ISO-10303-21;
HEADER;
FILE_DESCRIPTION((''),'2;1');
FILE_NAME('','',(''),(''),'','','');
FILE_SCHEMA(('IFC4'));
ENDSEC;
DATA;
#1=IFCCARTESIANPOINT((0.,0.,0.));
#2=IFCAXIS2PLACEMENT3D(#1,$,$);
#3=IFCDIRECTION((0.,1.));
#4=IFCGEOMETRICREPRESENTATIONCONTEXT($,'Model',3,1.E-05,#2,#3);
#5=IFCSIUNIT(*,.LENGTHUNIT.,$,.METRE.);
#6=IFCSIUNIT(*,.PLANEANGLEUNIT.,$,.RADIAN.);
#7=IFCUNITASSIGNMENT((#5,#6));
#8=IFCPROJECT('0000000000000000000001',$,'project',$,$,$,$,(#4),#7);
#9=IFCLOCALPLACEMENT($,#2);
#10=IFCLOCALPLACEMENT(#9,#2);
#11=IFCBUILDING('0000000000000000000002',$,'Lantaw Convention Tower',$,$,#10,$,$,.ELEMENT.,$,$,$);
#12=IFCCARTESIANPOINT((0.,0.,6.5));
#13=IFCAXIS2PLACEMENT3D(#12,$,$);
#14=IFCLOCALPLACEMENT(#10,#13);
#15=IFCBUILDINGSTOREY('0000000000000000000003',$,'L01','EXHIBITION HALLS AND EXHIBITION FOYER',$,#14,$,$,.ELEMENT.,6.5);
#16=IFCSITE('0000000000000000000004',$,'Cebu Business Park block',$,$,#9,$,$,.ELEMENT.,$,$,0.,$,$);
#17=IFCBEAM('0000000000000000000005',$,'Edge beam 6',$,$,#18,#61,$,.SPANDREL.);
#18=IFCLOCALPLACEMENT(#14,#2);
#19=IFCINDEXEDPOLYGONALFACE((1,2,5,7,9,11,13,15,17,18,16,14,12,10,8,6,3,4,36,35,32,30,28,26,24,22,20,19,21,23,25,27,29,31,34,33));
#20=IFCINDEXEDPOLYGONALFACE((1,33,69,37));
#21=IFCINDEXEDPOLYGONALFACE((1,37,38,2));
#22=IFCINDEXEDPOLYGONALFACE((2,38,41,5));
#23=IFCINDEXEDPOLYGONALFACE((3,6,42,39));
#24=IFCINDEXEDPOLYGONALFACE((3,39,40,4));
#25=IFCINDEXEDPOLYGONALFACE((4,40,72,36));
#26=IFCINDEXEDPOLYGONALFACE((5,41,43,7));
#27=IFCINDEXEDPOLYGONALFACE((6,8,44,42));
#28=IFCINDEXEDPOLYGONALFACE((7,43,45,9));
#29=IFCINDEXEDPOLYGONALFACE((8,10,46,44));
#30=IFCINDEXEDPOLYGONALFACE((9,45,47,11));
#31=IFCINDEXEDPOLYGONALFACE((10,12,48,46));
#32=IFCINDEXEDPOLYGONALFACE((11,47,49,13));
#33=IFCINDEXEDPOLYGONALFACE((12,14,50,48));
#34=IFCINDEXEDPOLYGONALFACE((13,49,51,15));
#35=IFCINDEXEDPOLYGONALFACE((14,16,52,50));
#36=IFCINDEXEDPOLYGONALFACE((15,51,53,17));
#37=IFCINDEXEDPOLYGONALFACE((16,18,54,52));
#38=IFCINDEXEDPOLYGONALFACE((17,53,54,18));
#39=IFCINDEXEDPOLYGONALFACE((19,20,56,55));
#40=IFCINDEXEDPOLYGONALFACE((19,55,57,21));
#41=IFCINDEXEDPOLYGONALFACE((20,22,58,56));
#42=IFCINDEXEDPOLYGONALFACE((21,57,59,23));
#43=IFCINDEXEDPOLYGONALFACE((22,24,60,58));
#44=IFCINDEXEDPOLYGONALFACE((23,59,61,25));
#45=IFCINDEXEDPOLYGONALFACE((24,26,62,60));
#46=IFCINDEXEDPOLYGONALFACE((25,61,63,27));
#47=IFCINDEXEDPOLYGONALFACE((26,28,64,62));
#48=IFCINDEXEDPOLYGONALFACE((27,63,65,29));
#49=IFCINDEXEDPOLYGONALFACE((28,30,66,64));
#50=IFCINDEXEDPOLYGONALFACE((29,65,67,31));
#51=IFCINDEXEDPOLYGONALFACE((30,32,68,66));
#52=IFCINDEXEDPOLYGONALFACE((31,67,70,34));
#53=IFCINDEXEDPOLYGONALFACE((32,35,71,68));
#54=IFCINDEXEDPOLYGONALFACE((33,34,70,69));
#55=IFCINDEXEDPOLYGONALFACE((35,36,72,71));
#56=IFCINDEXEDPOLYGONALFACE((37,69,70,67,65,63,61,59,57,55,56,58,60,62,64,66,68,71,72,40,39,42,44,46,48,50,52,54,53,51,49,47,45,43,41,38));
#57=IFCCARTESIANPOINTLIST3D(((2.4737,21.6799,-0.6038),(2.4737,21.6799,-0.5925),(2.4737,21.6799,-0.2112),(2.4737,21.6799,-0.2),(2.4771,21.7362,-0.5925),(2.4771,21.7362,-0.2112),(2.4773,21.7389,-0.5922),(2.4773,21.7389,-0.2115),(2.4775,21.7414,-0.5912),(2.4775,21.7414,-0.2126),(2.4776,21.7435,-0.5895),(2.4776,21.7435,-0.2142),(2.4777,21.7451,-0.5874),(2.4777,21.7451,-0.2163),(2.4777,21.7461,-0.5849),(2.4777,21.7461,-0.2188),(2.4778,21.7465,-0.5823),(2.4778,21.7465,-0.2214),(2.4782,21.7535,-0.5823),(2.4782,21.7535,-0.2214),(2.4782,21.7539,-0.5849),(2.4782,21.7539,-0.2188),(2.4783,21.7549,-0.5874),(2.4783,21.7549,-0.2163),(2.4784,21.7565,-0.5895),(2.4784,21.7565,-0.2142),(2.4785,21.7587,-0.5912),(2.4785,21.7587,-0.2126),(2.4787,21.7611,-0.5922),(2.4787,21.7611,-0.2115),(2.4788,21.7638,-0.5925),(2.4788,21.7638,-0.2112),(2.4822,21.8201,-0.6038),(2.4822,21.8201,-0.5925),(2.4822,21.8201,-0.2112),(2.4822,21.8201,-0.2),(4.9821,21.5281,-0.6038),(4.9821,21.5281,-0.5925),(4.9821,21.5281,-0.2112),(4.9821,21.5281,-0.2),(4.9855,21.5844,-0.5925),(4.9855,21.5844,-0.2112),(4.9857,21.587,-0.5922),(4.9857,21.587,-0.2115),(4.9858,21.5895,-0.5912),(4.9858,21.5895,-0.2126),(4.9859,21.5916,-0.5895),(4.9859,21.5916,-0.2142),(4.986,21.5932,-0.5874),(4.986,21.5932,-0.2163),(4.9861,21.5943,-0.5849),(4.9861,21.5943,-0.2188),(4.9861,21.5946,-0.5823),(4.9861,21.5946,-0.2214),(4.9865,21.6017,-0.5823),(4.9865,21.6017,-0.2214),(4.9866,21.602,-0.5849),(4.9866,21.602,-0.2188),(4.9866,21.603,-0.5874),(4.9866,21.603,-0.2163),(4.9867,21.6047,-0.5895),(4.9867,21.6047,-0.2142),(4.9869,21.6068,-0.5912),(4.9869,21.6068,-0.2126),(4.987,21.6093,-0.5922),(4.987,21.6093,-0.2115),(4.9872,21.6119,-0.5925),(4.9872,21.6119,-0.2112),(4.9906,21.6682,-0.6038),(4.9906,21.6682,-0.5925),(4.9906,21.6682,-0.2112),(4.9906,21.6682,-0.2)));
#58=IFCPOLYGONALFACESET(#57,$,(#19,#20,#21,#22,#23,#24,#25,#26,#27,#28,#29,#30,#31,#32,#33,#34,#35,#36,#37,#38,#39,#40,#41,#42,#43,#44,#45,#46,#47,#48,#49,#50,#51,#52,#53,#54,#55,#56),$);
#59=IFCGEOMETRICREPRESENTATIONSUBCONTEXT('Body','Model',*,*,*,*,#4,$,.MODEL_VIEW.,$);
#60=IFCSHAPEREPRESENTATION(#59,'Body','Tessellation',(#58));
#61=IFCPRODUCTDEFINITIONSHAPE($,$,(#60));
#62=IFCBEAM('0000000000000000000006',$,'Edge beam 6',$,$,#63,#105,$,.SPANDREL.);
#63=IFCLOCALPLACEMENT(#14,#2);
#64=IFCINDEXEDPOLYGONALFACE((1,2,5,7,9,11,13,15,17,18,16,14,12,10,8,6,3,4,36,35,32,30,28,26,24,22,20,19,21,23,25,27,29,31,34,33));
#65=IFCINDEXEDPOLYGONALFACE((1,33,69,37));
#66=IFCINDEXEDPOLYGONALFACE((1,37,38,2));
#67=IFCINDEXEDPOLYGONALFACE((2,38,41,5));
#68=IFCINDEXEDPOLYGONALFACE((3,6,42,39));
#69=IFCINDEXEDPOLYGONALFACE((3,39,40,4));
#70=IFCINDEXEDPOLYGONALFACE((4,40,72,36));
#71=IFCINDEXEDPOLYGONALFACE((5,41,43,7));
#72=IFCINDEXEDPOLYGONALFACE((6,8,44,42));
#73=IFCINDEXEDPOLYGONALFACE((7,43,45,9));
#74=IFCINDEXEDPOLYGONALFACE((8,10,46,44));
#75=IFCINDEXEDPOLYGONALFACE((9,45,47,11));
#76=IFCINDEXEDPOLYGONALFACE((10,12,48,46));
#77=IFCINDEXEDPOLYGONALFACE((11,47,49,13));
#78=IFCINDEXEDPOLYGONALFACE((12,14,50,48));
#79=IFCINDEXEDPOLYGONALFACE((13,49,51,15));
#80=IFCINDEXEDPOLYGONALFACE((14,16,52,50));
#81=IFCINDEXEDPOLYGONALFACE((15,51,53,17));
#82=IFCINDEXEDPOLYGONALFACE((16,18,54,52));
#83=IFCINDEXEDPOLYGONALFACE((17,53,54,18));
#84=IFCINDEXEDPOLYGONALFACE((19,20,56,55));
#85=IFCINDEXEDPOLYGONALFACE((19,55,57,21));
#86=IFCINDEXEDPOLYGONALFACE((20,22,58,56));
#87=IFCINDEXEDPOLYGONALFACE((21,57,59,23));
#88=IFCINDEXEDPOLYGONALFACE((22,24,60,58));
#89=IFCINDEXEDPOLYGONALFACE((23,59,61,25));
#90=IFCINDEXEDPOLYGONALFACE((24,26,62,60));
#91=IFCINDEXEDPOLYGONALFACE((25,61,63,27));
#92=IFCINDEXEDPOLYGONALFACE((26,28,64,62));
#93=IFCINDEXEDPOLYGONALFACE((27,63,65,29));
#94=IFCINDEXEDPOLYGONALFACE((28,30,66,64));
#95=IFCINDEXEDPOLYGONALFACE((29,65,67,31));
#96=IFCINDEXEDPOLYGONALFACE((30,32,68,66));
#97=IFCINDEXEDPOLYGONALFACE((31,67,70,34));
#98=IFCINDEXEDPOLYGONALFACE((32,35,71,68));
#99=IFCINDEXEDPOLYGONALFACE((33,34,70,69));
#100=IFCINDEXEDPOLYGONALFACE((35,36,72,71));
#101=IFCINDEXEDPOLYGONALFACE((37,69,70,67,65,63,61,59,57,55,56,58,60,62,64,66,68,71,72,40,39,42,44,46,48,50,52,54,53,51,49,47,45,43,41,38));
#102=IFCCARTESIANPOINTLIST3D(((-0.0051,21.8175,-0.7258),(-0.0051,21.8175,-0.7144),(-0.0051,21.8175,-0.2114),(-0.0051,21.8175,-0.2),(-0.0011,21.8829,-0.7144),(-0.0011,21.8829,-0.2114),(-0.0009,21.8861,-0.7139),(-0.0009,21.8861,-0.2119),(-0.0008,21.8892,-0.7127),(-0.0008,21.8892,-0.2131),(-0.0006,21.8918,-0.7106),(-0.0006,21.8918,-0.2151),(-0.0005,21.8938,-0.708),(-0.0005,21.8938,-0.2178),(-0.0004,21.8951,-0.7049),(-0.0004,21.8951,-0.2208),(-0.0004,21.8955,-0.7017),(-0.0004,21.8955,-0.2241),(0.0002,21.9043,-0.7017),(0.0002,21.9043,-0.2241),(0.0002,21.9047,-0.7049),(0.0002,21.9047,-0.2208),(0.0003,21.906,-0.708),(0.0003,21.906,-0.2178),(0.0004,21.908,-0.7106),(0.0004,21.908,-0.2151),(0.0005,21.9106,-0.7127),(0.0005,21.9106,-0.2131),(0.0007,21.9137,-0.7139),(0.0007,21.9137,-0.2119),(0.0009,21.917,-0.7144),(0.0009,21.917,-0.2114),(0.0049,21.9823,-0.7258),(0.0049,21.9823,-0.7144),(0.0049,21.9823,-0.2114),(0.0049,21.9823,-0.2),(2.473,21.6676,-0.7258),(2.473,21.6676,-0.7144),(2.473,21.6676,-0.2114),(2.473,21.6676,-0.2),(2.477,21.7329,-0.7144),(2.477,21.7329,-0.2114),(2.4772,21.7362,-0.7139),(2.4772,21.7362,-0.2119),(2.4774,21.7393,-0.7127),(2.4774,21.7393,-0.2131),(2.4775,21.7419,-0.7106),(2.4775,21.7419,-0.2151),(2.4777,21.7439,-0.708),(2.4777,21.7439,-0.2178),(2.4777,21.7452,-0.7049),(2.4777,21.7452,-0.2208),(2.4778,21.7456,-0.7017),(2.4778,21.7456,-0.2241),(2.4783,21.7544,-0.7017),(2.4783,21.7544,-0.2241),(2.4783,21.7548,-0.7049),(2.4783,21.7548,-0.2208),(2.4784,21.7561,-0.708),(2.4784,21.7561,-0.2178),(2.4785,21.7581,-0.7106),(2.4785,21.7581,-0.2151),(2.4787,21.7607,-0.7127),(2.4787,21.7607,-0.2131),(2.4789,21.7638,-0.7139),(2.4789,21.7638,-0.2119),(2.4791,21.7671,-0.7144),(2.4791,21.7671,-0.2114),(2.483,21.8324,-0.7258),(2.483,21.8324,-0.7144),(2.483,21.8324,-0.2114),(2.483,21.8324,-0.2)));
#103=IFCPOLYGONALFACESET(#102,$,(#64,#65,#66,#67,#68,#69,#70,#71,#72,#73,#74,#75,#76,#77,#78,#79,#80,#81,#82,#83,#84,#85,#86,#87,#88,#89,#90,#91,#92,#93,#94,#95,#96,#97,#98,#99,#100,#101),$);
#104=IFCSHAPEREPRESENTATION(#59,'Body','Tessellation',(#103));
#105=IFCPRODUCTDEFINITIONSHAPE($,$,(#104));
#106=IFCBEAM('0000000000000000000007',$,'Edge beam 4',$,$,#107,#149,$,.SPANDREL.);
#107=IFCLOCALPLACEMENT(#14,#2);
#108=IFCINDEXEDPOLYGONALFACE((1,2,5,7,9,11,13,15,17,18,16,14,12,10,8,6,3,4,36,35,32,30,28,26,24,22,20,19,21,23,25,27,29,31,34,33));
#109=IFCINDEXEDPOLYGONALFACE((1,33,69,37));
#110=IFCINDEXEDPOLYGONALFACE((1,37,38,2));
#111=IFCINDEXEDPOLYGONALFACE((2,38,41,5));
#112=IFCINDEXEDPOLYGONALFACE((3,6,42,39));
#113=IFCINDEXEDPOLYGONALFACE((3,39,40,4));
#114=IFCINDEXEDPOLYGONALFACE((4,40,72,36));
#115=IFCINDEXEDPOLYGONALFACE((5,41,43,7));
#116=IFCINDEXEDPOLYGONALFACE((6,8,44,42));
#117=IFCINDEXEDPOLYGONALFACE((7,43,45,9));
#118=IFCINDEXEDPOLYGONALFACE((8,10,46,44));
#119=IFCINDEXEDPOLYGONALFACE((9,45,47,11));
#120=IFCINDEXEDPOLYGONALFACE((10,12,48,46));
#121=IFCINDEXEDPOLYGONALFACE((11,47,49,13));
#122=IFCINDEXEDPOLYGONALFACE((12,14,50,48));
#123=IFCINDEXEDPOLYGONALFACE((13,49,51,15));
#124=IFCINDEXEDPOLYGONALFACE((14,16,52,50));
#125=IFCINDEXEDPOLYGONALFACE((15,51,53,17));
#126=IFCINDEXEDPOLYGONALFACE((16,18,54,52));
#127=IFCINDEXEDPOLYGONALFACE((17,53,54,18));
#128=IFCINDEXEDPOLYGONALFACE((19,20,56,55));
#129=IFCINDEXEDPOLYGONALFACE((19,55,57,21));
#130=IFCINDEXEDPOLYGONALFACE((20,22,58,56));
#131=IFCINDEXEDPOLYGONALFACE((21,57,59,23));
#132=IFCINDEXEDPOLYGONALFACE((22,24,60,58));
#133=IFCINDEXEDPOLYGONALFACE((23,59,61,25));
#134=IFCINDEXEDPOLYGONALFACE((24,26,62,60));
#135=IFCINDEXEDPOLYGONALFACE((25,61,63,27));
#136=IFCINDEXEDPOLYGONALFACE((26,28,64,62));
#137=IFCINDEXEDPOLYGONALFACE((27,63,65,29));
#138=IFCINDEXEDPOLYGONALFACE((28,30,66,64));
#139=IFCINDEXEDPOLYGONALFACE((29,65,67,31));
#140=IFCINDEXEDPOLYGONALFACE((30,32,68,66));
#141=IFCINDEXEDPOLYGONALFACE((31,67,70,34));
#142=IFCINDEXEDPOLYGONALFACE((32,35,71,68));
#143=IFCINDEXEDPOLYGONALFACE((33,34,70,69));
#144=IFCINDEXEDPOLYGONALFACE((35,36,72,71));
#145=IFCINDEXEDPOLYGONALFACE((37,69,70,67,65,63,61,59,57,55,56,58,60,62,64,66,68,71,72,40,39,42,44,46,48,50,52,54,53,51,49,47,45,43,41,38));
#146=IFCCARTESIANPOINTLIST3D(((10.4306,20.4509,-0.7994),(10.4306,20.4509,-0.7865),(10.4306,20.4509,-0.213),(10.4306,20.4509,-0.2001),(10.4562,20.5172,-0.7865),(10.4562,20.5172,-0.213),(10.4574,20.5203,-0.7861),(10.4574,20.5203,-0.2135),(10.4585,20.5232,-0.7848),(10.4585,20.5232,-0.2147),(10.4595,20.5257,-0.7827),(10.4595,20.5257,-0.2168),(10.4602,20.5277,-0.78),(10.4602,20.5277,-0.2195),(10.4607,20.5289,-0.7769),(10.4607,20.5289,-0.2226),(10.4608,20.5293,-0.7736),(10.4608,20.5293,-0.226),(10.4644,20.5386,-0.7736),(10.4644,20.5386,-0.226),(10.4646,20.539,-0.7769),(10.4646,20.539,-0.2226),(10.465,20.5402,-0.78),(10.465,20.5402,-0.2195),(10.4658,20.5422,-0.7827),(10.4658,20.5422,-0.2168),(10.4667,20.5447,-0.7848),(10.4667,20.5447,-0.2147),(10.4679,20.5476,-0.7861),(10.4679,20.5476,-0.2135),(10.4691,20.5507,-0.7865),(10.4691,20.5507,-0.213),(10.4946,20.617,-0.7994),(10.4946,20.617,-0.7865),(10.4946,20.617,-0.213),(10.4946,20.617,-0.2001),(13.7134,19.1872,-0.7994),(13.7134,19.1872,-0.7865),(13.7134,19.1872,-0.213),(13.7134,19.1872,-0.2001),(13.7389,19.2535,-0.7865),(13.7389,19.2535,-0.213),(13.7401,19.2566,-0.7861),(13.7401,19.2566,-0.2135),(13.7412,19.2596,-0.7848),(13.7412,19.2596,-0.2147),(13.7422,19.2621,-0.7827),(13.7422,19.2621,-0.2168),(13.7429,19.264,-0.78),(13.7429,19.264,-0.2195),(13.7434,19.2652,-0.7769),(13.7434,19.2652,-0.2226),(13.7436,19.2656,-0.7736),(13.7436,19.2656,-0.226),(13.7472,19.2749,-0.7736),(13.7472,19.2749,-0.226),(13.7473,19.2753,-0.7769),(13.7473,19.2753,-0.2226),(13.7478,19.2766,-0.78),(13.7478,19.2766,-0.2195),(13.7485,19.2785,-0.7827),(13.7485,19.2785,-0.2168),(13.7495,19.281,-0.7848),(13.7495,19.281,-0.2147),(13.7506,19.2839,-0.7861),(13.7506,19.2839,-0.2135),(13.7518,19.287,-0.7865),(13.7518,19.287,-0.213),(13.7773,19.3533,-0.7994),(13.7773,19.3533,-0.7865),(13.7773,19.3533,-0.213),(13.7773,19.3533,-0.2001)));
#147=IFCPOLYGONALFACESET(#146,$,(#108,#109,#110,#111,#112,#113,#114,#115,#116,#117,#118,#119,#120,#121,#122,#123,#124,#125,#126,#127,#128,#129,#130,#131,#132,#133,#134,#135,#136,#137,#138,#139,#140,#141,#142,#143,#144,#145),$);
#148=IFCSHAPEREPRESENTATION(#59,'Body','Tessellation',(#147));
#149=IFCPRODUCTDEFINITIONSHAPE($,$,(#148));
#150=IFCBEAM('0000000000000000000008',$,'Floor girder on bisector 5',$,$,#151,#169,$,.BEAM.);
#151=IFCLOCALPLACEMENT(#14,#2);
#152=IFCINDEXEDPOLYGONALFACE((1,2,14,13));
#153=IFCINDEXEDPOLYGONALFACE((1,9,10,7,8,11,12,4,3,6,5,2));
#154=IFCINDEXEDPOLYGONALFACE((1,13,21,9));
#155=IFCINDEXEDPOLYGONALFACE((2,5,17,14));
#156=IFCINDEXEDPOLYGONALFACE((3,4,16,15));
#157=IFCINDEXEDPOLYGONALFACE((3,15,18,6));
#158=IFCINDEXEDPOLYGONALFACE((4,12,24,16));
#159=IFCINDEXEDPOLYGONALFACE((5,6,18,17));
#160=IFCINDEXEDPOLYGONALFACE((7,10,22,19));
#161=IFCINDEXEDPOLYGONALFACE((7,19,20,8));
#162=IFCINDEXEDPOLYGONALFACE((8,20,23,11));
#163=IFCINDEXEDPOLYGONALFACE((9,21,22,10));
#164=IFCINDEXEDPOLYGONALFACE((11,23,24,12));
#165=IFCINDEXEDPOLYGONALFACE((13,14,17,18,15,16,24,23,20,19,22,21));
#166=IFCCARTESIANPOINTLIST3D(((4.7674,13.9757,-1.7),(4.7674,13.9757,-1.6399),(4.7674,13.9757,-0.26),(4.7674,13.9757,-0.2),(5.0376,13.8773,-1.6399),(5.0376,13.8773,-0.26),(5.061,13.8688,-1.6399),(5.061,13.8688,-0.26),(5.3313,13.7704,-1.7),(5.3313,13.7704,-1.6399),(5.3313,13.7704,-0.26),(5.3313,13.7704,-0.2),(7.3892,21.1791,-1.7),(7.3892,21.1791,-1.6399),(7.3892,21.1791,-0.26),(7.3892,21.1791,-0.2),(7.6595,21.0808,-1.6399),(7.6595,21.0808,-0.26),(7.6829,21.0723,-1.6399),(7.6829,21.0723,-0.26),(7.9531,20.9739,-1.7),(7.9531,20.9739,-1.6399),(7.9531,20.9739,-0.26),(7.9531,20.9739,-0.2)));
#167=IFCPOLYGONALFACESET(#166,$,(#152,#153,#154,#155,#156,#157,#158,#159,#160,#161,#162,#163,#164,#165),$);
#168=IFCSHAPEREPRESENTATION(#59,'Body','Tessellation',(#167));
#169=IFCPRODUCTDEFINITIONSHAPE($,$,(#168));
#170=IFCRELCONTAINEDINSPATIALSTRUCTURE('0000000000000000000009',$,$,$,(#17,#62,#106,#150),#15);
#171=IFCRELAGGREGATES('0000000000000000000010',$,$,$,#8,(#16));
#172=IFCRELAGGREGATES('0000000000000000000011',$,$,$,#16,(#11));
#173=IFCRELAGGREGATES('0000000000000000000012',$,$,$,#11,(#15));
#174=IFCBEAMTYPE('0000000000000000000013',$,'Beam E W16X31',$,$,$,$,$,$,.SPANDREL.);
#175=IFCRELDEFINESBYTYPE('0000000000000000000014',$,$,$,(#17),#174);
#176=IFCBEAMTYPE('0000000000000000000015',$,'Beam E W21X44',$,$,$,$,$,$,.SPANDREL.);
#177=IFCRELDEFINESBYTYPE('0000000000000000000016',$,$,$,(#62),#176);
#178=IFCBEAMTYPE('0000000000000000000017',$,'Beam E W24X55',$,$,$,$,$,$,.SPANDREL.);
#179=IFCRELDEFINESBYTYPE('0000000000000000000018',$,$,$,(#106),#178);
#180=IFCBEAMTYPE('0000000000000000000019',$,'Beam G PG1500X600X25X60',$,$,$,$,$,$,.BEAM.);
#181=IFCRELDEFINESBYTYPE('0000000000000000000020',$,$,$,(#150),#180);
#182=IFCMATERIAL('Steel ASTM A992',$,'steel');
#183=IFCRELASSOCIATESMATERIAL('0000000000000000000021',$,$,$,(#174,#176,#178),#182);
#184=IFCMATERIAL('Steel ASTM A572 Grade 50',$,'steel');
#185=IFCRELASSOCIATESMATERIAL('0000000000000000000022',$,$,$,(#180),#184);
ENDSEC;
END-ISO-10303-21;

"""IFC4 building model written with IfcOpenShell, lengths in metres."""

from ifc_helpers import new_model, si_unit, direction, frame, origin, origin_2d, place, context, subcontext, project, spatial, i_section, extrude, material, material_profile, profile_set, type_object, element, save


model = new_model("IFC4")

# Units and contexts
model_context = context("Model", 3, precision=1e-05, world=origin(), true_north=direction((0.0, 1.0)))
body_context = subcontext(model_context, "Body", "Model", "MODEL_VIEW")
ifc_project = project(units=[si_unit("LENGTHUNIT", "METRE"), si_unit("PLANEANGLEUNIT", "RADIAN")], contexts=[model_context])

# Site, building, storey
site_placement = place(None, origin())
site = spatial("IfcSite", under=ifc_project, at=site_placement, Name="Cebu Business Park block", CompositionType="ELEMENT", RefElevation=0.0)
building_placement = place(site_placement, origin())
building = spatial("IfcBuilding", under=site, at=building_placement, Name="Lantaw Convention Tower", CompositionType="ELEMENT")
storey_placement = place(building_placement, frame((0.0, 0.0, 6.5)))
storey = spatial("IfcBuildingStorey", under=building, at=storey_placement, Name="L01", Description="EXHIBITION HALLS AND EXHIBITION FOYER", CompositionType="ELEMENT", Elevation=6.5)

# Shared definitions
ifc_material_1 = material(Name="Steel ASTM A572 Grade 50", Category="steel")

# Beams
ifc_material_2 = material(Name="Steel ASTM A992", Category="steel")
ifc_material_profile_1 = material_profile(ifc_material_2, i_section(OverallWidth=0.1404, OverallDepth=0.4038, WebThickness=0.0071, FlangeThickness=0.0112, FilletRadius=0.0103, at=origin_2d()), Name="W16X31")
ifc_profile_set_1 = profile_set([ifc_material_profile_1], Name="Steel ASTM A992")
beam_type_1 = type_object("IfcBeamType", Name="Beam E W16X31", PredefinedType="SPANDREL", material=ifc_profile_set_1)
beam_1_placement = place(storey_placement, frame((4.9863, 21.5981, -0.4019), z_axis=(-0.998172, 0.060431, 0.0), x_axis=(-0.060431, -0.998172, 0.0)))
element("IfcBeam", 1, at=beam_1_placement, inside=storey, type_object=beam_type_1, Name="Edge beam 6", PredefinedType="SPANDREL", context=body_context, shape_type="SweptSolid", body=[
    extrude(i_section(OverallWidth=0.1404, OverallDepth=0.4038, WebThickness=0.0071, FlangeThickness=0.0112, FilletRadius=0.0103, at=origin_2d()), origin(), (0.0, 0.0, 1.0), 2.5129),
])
ifc_material_profile_2 = material_profile(ifc_material_2, i_section(OverallWidth=0.165, OverallDepth=0.5259, WebThickness=0.0088, FlangeThickness=0.0115, FilletRadius=0.0127, at=origin_2d()), Name="W21X44")
ifc_profile_set_2 = profile_set([ifc_material_profile_2], Name="Steel ASTM A992")
beam_type_2 = type_object("IfcBeamType", Name="Beam E W21X44", PredefinedType="SPANDREL", material=ifc_profile_set_2)
beam_2_placement = place(storey_placement, frame((2.478, 21.75, -0.4629), z_axis=(-0.998175, 0.060382, 0.0), x_axis=(-0.060382, -0.998175, 0.0)))
element("IfcBeam", 2, at=beam_2_placement, inside=storey, type_object=beam_type_2, Name="Edge beam 6", PredefinedType="SPANDREL", context=body_context, shape_type="SweptSolid", body=[
    extrude(i_section(OverallWidth=0.165, OverallDepth=0.5259, WebThickness=0.0088, FlangeThickness=0.0115, FilletRadius=0.0127, at=origin_2d()), origin(), (0.0, 0.0, 1.0), 2.4827),
])
ifc_material_profile_3 = material_profile(ifc_material_2, i_section(OverallWidth=0.178, OverallDepth=0.5994, WebThickness=0.01, FlangeThickness=0.0129, FilletRadius=0.0129, at=origin_2d()), Name="W24X55")
ifc_profile_set_3 = profile_set([ifc_material_profile_3], Name="Steel ASTM A992")
beam_type_3 = type_object("IfcBeamType", Name="Beam E W24X55", PredefinedType="SPANDREL", material=ifc_profile_set_3)
beam_3_placement = place(storey_placement, frame((13.7454, 19.2703, -0.4998), z_axis=(-0.933242, 0.359249, 0.0), x_axis=(-0.359249, -0.933242, 0.0)))
element("IfcBeam", 3, at=beam_3_placement, inside=storey, type_object=beam_type_3, Name="Edge beam 4", PredefinedType="SPANDREL", context=body_context, shape_type="SweptSolid", body=[
    extrude(i_section(OverallWidth=0.178, OverallDepth=0.5994, WebThickness=0.01, FlangeThickness=0.0129, FilletRadius=0.0129, at=origin_2d()), origin(), (0.0, 0.0, 1.0), 3.5176),
])
ifc_material_profile_4 = material_profile(ifc_material_1, i_section(OverallWidth=0.6001, OverallDepth=1.5, WebThickness=0.0249, FlangeThickness=0.0601, at=origin_2d()), Name="PG1500X600X25X60")
ifc_profile_set_4 = profile_set([ifc_material_profile_4], Name="Steel ASTM A572 Grade 50")
beam_type_4 = type_object("IfcBeamType", Name="Beam G PG1500X600X25X60", PredefinedType="BEAM", material=ifc_profile_set_4)
beam_4_placement = place(storey_placement, frame((5.0493, 13.873, -0.95), z_axis=(0.342022, 0.939692, 0.0), x_axis=(-0.939692, 0.342022, 0.0)))
element("IfcBeam", 4, at=beam_4_placement, inside=storey, type_object=beam_type_4, Name="Floor girder on bisector 5", PredefinedType="BEAM", context=body_context, shape_type="SweptSolid", body=[
    extrude(i_section(OverallWidth=0.6001, OverallDepth=1.5, WebThickness=0.0249, FlangeThickness=0.0601, at=origin_2d()), origin(), (0.0, 0.0, 1.0), 7.6658),
])

save(model, "model.ifc")
